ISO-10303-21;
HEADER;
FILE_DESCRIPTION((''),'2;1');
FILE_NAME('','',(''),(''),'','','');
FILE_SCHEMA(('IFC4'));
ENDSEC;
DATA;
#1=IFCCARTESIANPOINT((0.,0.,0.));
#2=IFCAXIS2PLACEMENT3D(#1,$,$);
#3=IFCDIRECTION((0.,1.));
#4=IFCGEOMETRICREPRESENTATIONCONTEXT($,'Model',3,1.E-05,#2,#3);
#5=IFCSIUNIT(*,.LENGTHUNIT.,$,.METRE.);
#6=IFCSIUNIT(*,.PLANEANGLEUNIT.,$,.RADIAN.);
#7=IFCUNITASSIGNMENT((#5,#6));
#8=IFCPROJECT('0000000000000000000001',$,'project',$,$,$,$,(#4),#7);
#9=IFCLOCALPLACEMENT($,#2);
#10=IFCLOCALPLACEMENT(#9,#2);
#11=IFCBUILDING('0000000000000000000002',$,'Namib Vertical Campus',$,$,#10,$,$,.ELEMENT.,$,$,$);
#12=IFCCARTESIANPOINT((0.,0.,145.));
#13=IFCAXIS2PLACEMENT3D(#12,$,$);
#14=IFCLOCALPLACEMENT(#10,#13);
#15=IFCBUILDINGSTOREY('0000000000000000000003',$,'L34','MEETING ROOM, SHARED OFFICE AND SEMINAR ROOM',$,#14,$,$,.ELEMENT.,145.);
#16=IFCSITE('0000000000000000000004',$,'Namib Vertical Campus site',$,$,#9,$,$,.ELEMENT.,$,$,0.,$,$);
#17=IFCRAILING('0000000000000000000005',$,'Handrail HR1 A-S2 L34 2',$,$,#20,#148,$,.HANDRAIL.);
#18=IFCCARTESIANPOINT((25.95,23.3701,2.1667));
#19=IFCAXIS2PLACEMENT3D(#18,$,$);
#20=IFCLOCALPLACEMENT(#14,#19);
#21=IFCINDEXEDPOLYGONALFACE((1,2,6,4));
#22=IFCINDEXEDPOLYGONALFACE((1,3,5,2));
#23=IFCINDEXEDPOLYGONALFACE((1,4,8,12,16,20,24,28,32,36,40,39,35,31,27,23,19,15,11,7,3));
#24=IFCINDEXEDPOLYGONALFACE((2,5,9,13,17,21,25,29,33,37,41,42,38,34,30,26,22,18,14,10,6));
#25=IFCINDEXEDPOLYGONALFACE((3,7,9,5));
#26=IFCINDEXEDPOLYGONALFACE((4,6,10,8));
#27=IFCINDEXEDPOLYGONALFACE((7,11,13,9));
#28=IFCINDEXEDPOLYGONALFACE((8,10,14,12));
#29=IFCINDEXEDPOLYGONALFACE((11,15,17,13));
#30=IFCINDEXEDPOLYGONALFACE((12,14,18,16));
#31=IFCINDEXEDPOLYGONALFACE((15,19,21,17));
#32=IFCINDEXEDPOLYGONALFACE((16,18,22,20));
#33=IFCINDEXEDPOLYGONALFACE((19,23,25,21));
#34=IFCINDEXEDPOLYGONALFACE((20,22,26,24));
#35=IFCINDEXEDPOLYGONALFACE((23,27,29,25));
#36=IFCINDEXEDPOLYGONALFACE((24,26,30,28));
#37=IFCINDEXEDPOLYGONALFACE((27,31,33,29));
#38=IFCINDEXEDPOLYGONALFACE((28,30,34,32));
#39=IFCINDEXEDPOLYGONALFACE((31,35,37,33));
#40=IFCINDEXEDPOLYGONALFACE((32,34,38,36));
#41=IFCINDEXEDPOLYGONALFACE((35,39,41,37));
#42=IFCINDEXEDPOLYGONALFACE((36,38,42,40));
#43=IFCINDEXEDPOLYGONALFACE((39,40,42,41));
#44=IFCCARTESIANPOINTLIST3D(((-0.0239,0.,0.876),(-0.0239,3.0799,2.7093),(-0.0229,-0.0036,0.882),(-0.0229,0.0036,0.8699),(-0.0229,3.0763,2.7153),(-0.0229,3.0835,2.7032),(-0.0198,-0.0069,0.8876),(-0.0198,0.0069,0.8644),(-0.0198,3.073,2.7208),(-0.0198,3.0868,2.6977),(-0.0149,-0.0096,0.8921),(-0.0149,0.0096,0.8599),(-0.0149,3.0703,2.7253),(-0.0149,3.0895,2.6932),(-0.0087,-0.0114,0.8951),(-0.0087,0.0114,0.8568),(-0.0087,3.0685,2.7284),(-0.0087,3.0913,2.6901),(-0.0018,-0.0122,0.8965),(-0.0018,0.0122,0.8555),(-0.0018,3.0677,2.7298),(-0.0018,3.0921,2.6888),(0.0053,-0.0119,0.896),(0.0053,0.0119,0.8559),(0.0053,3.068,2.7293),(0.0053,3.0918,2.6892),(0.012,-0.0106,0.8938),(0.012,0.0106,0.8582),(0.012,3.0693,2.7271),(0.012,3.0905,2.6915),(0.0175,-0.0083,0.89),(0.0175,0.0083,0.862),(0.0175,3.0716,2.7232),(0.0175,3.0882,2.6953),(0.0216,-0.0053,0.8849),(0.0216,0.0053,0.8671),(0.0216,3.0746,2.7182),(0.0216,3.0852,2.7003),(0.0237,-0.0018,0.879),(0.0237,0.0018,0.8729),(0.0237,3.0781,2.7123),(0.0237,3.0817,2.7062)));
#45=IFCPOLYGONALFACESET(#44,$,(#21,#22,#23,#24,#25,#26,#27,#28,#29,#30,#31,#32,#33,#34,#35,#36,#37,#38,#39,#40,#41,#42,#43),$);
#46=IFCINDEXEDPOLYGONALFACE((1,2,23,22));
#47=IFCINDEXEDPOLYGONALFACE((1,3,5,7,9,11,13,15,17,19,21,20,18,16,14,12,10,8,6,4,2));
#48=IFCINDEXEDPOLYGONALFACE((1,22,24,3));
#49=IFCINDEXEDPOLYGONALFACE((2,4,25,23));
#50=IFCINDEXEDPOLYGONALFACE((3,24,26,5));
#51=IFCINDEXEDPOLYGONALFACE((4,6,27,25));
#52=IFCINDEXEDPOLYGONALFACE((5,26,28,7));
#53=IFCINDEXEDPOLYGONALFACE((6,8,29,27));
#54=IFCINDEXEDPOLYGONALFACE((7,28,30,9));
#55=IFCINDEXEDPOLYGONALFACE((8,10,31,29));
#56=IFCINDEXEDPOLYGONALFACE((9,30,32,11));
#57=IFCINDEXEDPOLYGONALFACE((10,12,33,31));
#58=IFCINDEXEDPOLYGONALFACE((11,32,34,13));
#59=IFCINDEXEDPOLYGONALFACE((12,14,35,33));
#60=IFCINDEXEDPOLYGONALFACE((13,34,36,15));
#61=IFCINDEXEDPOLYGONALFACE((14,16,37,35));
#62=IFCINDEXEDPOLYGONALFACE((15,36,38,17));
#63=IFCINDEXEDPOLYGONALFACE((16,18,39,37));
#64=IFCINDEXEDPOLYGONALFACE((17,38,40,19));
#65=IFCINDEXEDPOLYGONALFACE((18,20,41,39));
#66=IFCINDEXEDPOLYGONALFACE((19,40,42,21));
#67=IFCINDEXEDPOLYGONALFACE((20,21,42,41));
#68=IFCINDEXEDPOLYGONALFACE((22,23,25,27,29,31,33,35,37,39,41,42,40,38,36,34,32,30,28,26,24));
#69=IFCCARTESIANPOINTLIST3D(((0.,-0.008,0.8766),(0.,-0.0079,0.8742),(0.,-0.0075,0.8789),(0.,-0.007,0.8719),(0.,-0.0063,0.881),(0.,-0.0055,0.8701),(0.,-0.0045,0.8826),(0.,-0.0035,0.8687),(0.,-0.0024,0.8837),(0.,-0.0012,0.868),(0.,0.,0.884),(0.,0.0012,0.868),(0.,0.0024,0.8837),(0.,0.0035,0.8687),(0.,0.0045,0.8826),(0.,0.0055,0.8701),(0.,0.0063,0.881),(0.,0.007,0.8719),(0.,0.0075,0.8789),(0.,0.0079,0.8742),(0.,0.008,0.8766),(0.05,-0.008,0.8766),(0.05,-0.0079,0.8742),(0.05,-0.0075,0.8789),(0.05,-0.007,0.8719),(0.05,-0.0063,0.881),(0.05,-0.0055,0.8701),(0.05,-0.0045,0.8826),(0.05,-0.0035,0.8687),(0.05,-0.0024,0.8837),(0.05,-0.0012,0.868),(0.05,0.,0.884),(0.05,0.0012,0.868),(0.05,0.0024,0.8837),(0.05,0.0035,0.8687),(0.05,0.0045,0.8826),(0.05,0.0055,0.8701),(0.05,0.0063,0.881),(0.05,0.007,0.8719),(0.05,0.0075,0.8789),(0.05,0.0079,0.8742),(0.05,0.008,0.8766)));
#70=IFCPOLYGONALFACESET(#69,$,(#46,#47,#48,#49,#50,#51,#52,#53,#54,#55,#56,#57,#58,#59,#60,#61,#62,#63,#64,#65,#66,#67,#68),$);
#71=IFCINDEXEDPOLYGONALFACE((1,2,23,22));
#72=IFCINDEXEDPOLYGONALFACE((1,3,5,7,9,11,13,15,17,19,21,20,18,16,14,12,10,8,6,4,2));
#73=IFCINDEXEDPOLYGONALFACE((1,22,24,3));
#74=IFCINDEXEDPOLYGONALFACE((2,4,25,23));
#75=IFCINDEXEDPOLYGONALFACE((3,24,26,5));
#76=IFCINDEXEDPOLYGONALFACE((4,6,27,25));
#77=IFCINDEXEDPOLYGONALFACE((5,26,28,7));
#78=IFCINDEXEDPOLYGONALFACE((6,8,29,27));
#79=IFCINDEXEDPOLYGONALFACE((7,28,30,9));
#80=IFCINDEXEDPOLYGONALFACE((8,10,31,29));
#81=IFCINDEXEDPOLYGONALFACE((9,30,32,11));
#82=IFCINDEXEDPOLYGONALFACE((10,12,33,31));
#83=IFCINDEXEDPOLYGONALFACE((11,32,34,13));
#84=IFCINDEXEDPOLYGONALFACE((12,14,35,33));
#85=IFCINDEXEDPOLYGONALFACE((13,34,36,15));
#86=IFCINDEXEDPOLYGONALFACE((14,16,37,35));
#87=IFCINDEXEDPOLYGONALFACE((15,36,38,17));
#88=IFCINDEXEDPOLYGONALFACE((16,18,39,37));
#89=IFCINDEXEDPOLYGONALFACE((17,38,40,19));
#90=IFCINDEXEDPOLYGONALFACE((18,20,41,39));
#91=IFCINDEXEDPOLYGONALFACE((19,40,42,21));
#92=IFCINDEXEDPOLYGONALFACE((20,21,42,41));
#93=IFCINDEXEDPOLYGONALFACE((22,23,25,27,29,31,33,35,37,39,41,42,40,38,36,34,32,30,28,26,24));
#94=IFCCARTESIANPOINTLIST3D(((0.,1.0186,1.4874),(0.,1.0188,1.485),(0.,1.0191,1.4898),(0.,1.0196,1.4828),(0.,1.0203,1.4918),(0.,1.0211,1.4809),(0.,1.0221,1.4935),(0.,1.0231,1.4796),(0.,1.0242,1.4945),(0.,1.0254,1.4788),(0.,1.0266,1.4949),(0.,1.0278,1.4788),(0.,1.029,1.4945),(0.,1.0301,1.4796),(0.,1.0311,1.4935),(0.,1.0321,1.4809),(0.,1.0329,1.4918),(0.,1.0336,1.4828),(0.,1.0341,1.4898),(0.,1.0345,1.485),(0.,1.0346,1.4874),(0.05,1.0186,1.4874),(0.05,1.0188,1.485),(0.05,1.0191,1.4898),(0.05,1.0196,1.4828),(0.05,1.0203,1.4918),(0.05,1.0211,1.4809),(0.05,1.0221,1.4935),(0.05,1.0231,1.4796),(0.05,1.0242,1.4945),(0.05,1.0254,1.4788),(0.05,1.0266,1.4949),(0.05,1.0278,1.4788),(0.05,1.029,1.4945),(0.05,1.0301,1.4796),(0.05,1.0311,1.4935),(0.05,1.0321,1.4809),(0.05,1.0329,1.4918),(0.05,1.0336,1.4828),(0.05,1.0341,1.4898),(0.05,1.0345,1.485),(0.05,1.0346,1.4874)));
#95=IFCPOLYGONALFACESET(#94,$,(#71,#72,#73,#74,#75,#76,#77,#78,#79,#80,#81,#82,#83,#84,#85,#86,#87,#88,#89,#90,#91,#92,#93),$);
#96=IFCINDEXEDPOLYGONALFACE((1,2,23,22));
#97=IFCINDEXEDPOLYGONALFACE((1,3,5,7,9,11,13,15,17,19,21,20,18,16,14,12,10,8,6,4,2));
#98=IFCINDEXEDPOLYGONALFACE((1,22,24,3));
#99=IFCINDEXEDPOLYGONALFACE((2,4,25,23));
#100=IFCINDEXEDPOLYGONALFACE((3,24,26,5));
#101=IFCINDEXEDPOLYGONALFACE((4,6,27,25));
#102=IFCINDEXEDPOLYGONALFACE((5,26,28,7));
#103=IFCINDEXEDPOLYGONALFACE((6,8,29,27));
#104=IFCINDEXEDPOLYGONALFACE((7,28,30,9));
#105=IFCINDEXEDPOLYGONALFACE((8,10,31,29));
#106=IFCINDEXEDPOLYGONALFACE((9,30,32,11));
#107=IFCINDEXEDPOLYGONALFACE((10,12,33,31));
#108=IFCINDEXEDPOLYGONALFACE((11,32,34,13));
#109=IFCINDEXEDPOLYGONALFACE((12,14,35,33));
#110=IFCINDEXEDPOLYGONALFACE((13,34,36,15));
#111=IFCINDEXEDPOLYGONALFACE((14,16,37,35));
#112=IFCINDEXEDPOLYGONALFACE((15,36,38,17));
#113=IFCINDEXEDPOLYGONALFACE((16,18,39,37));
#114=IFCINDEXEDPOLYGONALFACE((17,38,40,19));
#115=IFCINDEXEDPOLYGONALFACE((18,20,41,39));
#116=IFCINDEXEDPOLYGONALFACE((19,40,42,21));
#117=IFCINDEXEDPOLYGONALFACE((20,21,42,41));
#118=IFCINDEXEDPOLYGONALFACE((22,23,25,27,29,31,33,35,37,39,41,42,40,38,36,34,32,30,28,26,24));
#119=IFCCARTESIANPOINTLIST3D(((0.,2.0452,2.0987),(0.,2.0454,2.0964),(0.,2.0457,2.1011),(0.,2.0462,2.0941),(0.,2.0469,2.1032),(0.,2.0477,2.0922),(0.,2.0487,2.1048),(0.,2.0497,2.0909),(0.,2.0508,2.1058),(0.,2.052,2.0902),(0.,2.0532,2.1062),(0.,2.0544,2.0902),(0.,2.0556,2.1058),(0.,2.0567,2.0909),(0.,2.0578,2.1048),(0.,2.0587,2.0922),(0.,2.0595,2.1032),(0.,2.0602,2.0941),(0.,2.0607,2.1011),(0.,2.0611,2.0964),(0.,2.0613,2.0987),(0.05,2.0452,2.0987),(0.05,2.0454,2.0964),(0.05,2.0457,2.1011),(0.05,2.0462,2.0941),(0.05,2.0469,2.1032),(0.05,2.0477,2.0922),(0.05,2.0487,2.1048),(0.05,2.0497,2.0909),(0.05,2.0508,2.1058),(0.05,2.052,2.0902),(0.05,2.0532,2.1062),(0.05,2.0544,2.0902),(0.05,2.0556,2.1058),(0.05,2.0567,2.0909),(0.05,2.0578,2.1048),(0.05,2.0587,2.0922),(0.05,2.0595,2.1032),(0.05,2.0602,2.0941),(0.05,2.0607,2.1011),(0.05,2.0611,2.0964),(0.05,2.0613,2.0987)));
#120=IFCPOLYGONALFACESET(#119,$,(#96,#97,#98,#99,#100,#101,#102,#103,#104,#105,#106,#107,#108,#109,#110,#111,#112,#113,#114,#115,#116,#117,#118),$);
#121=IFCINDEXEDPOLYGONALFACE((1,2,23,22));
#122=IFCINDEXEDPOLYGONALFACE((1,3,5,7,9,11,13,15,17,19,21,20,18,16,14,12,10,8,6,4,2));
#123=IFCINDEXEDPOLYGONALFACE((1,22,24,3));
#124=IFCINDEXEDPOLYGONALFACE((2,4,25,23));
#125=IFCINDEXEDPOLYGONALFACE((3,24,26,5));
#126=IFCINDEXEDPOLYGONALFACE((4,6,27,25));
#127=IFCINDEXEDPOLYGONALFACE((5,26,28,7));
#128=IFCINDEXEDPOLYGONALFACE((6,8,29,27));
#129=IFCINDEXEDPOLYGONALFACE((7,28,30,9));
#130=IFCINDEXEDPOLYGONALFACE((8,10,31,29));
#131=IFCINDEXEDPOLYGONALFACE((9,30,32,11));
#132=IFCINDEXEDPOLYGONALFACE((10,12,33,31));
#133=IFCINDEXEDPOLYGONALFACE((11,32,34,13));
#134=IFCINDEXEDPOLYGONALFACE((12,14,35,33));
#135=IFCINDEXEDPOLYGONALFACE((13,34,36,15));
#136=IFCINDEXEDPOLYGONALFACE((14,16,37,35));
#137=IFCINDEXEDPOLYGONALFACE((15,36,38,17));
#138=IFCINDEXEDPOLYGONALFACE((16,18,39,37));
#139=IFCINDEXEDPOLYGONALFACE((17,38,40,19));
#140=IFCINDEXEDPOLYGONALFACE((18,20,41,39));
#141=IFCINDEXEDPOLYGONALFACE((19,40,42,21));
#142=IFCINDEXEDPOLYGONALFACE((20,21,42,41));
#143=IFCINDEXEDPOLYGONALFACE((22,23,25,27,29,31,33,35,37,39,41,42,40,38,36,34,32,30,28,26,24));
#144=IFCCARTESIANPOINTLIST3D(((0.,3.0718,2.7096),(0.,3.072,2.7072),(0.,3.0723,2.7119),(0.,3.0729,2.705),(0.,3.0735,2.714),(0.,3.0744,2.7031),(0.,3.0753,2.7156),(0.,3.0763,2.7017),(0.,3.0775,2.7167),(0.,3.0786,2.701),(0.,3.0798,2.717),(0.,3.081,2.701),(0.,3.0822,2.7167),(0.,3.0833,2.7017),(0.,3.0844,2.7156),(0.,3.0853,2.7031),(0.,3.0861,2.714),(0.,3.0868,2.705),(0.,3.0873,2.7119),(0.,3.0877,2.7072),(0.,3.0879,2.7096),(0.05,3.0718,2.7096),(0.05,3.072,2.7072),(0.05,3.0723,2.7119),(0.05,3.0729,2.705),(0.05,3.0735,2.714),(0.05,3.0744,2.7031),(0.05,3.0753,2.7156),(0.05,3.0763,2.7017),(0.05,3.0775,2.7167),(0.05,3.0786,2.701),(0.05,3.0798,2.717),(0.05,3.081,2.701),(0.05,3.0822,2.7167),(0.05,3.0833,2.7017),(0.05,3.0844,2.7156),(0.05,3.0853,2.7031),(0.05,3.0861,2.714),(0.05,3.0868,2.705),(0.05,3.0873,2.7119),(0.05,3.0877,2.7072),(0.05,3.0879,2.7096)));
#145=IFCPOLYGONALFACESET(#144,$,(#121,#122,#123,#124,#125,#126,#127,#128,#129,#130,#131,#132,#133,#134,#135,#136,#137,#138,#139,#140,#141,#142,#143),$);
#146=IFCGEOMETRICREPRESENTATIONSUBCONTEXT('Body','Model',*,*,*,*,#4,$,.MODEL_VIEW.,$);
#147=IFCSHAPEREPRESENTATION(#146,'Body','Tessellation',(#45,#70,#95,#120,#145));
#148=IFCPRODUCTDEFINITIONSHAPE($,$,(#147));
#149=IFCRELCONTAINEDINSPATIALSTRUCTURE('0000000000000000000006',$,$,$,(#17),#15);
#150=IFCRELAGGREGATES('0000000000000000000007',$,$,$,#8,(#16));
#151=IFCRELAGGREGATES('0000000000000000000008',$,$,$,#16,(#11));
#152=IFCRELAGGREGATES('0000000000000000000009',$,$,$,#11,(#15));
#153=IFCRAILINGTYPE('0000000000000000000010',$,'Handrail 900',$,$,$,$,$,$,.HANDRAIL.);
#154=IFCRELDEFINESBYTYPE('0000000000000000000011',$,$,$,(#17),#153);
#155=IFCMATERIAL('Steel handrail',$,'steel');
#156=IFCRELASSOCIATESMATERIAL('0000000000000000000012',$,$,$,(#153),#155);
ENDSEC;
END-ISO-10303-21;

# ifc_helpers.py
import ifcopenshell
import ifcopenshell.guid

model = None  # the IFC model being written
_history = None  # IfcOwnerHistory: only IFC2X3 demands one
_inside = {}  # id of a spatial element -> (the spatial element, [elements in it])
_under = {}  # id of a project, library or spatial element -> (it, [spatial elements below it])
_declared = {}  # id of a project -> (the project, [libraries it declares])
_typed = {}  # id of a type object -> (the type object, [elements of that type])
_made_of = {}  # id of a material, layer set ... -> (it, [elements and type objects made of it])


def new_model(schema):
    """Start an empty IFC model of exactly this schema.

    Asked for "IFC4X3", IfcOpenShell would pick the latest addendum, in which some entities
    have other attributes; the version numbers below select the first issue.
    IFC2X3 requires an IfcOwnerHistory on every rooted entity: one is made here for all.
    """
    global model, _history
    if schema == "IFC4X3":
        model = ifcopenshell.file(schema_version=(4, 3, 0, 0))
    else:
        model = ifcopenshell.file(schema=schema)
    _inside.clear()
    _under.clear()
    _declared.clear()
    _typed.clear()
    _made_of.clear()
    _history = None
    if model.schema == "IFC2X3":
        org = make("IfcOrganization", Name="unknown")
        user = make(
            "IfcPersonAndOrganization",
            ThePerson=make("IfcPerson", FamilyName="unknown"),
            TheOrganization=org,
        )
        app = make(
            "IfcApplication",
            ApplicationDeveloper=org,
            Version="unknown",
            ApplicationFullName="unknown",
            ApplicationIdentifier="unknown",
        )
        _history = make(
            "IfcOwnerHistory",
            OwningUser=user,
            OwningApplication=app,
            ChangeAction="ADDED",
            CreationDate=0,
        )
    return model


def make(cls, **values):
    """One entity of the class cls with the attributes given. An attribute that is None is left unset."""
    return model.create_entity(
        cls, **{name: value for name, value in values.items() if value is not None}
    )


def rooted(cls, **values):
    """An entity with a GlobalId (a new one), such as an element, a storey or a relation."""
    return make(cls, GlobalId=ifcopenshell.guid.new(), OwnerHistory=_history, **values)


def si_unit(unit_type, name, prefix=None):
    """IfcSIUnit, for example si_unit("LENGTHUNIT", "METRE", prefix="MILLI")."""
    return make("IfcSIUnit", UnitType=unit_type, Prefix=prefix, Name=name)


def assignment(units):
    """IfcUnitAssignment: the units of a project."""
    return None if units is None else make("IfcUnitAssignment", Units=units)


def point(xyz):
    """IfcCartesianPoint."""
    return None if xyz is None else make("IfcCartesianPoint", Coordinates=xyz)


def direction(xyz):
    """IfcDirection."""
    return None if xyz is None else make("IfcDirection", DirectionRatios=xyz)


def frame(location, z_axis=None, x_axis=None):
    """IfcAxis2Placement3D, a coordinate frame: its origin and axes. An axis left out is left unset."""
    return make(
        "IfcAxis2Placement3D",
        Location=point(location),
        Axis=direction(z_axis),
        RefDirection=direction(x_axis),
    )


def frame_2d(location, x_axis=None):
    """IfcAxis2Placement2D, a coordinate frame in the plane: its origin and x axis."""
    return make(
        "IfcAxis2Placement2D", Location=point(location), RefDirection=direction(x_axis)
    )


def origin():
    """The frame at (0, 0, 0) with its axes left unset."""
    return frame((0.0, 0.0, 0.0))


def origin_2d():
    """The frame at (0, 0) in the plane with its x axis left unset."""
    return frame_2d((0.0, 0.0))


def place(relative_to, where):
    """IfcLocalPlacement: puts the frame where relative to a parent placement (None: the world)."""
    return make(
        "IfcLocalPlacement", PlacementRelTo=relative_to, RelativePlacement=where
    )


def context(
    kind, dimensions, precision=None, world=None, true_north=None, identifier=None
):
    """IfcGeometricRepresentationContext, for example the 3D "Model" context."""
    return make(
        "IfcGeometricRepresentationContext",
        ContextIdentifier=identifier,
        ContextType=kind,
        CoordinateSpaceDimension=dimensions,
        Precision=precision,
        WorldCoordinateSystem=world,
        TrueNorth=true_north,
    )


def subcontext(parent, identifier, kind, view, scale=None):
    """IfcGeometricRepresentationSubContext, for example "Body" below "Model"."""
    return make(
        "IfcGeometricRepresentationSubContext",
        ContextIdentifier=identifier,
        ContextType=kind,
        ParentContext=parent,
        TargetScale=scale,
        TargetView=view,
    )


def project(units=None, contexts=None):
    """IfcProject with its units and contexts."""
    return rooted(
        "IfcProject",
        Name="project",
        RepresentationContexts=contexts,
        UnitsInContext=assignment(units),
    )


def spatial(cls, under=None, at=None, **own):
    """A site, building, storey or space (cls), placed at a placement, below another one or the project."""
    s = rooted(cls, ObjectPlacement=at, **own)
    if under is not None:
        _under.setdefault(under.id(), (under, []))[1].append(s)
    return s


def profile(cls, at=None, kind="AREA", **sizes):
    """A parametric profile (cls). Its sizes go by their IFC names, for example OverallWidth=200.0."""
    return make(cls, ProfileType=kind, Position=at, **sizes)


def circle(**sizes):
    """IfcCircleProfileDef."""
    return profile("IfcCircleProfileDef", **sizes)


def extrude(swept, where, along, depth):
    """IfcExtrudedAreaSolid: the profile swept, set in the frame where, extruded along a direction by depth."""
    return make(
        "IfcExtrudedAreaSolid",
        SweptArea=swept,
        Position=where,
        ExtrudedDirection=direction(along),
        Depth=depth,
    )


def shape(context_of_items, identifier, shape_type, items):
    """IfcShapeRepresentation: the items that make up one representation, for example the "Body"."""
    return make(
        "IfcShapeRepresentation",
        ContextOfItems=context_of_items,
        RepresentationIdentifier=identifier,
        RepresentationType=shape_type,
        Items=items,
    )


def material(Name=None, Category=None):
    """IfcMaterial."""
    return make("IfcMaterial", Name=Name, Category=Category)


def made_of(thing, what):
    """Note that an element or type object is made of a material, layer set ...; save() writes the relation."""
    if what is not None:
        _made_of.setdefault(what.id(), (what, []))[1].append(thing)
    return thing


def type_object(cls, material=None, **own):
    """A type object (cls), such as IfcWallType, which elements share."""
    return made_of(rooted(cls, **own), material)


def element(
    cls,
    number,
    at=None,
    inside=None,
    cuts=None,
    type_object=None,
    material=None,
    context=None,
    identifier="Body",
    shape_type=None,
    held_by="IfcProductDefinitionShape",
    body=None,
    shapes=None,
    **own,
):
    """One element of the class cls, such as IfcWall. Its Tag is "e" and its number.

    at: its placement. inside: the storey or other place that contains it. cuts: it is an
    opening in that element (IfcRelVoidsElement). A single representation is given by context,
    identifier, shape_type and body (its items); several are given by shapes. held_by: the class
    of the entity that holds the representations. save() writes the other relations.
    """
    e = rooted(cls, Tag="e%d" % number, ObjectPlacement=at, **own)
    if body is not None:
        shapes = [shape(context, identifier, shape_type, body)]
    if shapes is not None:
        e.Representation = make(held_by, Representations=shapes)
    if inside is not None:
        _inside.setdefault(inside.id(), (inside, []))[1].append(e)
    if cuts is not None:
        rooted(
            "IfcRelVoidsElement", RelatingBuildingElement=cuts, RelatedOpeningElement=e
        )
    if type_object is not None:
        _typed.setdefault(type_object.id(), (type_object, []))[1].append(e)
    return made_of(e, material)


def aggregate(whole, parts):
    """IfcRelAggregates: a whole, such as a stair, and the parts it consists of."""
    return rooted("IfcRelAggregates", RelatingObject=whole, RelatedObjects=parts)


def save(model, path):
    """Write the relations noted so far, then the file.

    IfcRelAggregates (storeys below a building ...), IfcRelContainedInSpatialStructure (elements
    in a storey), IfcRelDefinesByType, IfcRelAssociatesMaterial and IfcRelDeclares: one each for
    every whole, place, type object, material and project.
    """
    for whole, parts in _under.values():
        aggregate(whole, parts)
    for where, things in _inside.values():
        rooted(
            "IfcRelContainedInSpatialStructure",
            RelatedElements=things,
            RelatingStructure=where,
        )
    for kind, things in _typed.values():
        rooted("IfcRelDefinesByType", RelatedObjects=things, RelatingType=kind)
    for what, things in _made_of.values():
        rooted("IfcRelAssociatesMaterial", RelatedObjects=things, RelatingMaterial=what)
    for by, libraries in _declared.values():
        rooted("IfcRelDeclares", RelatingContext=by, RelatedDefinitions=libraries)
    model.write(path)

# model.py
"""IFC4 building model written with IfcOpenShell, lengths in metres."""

from ifc_helpers import new_model, si_unit, direction, frame, origin, origin_2d, place, context, subcontext, project, spatial, circle, extrude, material, type_object, element, save


model = new_model("IFC4")

# Units and contexts
model_context = context("Model", 3, precision=1e-05, world=origin(), true_north=direction((0.0, 1.0)))
body_context = subcontext(model_context, "Body", "Model", "MODEL_VIEW")
ifc_project = project(units=[si_unit("LENGTHUNIT", "METRE"), si_unit("PLANEANGLEUNIT", "RADIAN")], contexts=[model_context])

# Site, building, storey
site_placement = place(None, origin())
site = spatial("IfcSite", under=ifc_project, at=site_placement, Name="Namib Vertical Campus site", CompositionType="ELEMENT", RefElevation=0.0)
building_placement = place(site_placement, origin())
building = spatial("IfcBuilding", under=site, at=building_placement, Name="Namib Vertical Campus", CompositionType="ELEMENT")
storey_placement = place(building_placement, frame((0.0, 0.0, 145.0)))
storey = spatial("IfcBuildingStorey", under=building, at=storey_placement, Name="L34", Description="MEETING ROOM, SHARED OFFICE AND SEMINAR ROOM", CompositionType="ELEMENT", Elevation=145.0)

# Railing
ifc_material_1 = material(Name="Steel handrail", Category="steel")
railing_type_1 = type_object("IfcRailingType", Name="Handrail 900", PredefinedType="HANDRAIL", material=ifc_material_1)
railing_1_placement = place(storey_placement, frame((25.95, 23.3701, 2.1667)))
element("IfcRailing", 1, at=railing_1_placement, inside=storey, type_object=railing_type_1, Name="Handrail HR1 A-S2 L34 2", PredefinedType="HANDRAIL", context=body_context, shape_type="SweptSolid", body=[
    extrude(circle(Radius=0.0239, at=origin_2d()), frame((0.0, 0.0, 0.876), z_axis=(0.0, 0.859291, 0.511487), x_axis=(-1.0, 0.0, 0.0)), (0.0, 0.0, 1.0), 3.5842),
    extrude(circle(Radius=0.0081, at=origin_2d()), frame((0.0, 0.0, 0.876), z_axis=(1.0, 0.0, 0.0), x_axis=(0.0, 0.0, 1.0)), (0.0, 0.0, 1.0), 0.05),
    extrude(circle(Radius=0.0081, at=origin_2d()), frame((0.0, 1.0266, 1.4868), z_axis=(1.0, 0.0, 0.0), x_axis=(0.0, 0.0, 1.0)), (0.0, 0.0, 1.0), 0.05),
    extrude(circle(Radius=0.0081, at=origin_2d()), frame((0.0, 2.0532, 2.0981), z_axis=(1.0, 0.0, 0.0), x_axis=(0.0, 0.0, 1.0)), (0.0, 0.0, 1.0), 0.05),
    extrude(circle(Radius=0.0081, at=origin_2d()), frame((0.0, 3.0798, 2.709), z_axis=(1.0, 0.0, 0.0), x_axis=(0.0, 0.0, 1.0)), (0.0, 0.0, 1.0), 0.05),
])

save(model, "model.ifc")
